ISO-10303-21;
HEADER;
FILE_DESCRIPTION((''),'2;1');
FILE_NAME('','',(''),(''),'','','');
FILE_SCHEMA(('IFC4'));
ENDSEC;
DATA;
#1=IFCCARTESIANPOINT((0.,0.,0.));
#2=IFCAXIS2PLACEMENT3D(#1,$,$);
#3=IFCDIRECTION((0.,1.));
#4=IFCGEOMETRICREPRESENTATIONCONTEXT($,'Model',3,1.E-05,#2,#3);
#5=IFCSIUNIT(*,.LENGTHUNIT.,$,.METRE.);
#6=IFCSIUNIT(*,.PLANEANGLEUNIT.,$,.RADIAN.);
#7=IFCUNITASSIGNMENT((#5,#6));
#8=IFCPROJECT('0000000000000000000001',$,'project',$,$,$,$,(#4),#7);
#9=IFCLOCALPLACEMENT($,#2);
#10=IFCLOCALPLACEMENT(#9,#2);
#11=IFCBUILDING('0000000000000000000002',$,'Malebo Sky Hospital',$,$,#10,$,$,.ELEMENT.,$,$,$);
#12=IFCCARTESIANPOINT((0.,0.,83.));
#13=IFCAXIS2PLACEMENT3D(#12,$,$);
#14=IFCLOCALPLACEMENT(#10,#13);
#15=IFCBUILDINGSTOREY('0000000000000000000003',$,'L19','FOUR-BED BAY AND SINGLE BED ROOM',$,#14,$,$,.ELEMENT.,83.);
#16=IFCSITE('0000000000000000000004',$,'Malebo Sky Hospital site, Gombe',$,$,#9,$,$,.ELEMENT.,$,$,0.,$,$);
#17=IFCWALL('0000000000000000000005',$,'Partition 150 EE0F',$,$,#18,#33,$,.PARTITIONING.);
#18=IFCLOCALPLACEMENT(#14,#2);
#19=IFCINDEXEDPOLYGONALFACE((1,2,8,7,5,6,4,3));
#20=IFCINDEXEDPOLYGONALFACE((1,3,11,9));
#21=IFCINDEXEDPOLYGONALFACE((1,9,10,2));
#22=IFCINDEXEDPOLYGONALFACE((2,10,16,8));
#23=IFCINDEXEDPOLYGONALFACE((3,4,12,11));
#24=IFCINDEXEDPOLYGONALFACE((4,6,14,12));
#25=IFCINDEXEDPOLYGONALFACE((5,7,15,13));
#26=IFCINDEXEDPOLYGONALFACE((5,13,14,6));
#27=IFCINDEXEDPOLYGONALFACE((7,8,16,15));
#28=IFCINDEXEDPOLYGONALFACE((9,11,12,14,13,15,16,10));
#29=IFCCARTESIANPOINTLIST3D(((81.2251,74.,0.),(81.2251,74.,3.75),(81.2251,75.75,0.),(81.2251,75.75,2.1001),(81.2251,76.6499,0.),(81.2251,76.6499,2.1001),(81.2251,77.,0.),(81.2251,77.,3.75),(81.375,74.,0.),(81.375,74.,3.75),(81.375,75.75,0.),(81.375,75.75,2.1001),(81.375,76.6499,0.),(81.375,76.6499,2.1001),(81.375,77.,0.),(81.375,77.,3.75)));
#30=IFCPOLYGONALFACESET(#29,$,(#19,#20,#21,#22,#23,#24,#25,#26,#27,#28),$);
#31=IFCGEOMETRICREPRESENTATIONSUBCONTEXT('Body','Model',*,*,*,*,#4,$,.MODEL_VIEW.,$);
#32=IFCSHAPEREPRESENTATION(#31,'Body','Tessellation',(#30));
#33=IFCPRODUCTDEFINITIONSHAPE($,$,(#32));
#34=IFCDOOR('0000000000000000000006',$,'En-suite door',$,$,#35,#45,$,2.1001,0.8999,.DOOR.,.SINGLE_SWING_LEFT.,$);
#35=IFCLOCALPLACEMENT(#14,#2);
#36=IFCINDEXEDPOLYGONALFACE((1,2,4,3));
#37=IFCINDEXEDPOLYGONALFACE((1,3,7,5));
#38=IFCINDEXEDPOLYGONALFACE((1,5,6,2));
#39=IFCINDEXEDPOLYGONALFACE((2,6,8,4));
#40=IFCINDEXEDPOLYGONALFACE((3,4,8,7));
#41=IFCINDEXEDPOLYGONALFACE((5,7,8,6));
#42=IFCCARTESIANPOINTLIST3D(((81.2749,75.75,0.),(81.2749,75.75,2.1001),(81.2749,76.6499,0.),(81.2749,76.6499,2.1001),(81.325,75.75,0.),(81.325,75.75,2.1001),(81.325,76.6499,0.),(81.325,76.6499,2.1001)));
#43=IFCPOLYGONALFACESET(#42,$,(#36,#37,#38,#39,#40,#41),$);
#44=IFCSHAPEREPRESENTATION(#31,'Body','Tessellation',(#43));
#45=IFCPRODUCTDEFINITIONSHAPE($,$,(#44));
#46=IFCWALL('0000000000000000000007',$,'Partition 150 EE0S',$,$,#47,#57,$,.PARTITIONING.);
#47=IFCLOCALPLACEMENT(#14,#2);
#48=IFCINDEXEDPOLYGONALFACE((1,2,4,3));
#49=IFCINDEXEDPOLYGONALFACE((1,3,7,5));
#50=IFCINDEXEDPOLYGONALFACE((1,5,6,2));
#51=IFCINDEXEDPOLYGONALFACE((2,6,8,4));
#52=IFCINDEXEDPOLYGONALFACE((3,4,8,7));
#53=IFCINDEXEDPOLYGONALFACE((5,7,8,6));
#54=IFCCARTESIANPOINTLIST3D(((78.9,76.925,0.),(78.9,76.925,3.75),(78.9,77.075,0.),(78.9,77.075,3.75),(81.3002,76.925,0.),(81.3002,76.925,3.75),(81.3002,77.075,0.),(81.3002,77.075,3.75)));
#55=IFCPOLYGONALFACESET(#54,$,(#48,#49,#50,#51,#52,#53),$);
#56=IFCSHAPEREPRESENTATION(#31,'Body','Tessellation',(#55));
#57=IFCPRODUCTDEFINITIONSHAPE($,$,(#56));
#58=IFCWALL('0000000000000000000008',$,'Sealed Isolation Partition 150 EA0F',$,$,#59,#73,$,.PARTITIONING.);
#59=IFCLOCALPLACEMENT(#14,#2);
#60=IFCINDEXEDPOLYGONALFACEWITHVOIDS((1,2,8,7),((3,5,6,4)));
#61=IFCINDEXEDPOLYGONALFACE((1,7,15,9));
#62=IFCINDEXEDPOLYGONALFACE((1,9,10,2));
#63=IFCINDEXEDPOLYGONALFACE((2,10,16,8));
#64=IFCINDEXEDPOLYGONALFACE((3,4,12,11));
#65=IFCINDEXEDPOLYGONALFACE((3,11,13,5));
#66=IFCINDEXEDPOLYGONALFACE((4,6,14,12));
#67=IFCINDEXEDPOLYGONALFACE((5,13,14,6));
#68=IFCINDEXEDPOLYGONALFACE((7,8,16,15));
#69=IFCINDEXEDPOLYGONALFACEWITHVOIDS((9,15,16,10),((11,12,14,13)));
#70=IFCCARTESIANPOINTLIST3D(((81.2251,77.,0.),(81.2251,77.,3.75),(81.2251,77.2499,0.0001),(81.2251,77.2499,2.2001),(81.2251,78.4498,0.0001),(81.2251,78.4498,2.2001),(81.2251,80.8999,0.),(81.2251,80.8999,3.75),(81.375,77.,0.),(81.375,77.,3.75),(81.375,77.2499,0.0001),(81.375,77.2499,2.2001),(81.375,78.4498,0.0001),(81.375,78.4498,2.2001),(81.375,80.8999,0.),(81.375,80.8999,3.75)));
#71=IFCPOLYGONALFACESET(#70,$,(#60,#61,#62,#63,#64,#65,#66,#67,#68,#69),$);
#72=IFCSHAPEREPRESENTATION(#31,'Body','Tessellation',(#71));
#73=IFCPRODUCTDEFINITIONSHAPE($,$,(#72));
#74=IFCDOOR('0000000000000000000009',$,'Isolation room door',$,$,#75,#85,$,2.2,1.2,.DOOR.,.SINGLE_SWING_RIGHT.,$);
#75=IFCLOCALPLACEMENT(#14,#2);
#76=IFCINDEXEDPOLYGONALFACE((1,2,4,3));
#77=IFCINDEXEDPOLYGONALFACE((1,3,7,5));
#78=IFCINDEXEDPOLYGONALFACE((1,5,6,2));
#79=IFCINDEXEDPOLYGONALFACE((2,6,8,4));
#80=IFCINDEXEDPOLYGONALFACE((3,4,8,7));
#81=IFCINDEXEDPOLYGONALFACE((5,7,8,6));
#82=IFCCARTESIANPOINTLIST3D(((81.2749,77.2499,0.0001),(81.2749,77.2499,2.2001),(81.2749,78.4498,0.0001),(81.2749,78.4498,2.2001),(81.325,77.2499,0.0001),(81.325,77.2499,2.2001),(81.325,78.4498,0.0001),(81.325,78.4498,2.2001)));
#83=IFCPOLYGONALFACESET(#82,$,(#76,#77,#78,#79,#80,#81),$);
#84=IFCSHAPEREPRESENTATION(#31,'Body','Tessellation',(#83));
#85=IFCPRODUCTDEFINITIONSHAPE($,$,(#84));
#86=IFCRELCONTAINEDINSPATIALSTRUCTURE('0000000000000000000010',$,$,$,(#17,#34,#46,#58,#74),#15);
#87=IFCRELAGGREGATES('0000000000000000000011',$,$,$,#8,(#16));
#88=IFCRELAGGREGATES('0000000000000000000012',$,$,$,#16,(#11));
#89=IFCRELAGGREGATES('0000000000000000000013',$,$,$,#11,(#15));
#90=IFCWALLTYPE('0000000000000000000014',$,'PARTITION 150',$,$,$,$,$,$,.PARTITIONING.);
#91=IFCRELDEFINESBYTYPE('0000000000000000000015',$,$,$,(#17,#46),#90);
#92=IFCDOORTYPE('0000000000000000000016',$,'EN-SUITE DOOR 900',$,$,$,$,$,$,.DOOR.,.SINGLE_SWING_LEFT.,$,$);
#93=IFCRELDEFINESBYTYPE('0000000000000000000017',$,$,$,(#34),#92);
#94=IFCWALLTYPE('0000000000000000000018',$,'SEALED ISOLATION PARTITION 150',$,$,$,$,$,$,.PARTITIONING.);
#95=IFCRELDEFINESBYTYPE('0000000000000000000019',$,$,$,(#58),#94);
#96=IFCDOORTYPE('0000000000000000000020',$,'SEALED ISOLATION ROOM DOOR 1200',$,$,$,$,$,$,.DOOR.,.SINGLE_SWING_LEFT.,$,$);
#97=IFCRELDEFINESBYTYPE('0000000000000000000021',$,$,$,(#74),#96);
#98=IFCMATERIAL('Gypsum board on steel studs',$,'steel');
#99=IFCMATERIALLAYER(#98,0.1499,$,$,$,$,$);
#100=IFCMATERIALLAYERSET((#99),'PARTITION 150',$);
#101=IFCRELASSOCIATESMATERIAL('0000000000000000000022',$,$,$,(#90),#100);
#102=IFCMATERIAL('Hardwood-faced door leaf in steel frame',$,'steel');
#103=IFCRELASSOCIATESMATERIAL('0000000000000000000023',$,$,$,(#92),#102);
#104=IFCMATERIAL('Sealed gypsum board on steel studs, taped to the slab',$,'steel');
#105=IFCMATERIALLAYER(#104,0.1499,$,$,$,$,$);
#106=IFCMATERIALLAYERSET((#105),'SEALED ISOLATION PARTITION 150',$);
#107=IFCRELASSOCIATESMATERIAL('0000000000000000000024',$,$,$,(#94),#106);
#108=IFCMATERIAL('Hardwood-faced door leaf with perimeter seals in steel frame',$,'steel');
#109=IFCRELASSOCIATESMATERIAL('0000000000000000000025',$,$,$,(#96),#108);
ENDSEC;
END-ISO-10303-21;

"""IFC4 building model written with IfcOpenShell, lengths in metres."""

from ifc_helpers import new_model, si_unit, direction, frame, frame_2d, origin, place, context, subcontext, project, spatial, rectangle, extrude, material, layer, layer_set, type_object, element, fill, save


model = new_model("IFC4")

# Units and contexts
model_context = context("Model", 3, precision=1e-05, world=origin(), true_north=direction((0.0, 1.0)))
body_context = subcontext(model_context, "Body", "Model", "MODEL_VIEW")
ifc_project = project(units=[si_unit("LENGTHUNIT", "METRE"), si_unit("PLANEANGLEUNIT", "RADIAN")], contexts=[model_context])

# Site, building, storey
site_placement = place(None, origin())
site = spatial("IfcSite", under=ifc_project, at=site_placement, Name="Malebo Sky Hospital site, Gombe", CompositionType="ELEMENT", RefElevation=0.0)
building_placement = place(site_placement, origin())
building = spatial("IfcBuilding", under=site, at=building_placement, Name="Malebo Sky Hospital", CompositionType="ELEMENT")
storey_placement = place(building_placement, frame((0.0, 0.0, 83.0)))
storey = spatial("IfcBuildingStorey", under=building, at=storey_placement, Name="L19", Description="FOUR-BED BAY AND SINGLE BED ROOM", CompositionType="ELEMENT", Elevation=83.0)

# Shared definitions
ifc_material_1 = material(Name="Gypsum board on steel studs", Category="steel")
ifc_material_2 = material(Name="Hardwood-faced door leaf in steel frame", Category="steel")

# Shared definitions
ifc_layer_1 = layer(ifc_material_1, 0.1499)
ifc_layer_set_1 = layer_set([ifc_layer_1], Name="PARTITION 150")
wall_type_1 = type_object("IfcWallType", Name="PARTITION 150", PredefinedType="PARTITIONING", material=ifc_layer_set_1)

# Wall, opening, door
wall_1_placement = place(storey_placement, frame((81.3, 77.0, 0.0), z_axis=(0.0, 0.0, 1.0), x_axis=(0.0, -1.0, 0.0)))
wall_1 = element("IfcWall", 1, at=wall_1_placement, inside=storey, type_object=wall_type_1, Name="Partition 150 EE0F", PredefinedType="PARTITIONING", context=body_context, shape_type="SweptSolid", body=[
    extrude(rectangle(XDim=3.0, YDim=0.1499, at=frame_2d((1.5, 0.0))), origin(), (0.0, 0.0, 1.0), 3.75),
])
opening_1_placement = place(wall_1_placement, frame((0.3501, 0.0, 0.0)))
opening_1 = element("IfcOpeningElement", 2, at=opening_1_placement, cuts=wall_1, PredefinedType="OPENING", context=body_context, shape_type="SweptSolid", body=[
    extrude(rectangle(XDim=0.8999, YDim=2.1001, at=frame_2d((0.45, 1.05))), frame((0.0, 0.085, 0.0), z_axis=(0.0, -1.0, 0.0), x_axis=(1.0, 0.0, 0.0)), (0.0, 0.0, 1.0), 0.1699),
])
door_type_1 = type_object("IfcDoorType", Name="EN-SUITE DOOR 900", OperationType="SINGLE_SWING_LEFT", PredefinedType="DOOR", material=ifc_material_2)
door_1_placement = place(opening_1_placement, origin())
door_1 = element("IfcDoor", 3, at=door_1_placement, inside=storey, type_object=door_type_1, Name="En-suite door", OperationType="SINGLE_SWING_LEFT", OverallHeight=2.1001, OverallWidth=0.8999, PredefinedType="DOOR", context=body_context, shape_type="SweptSolid", body=[
    extrude(rectangle(XDim=0.8999, YDim=2.1001, at=frame_2d((0.45, 1.05))), frame((0.0, 0.0249, 0.0), z_axis=(0.0, -1.0, 0.0), x_axis=(1.0, 0.0, 0.0)), (0.0, 0.0, 1.0), 0.05),
])
fill(opening_1, door_1)

# Wall
wall_2_placement = place(storey_placement, frame((78.8999, 77.0, 0.0), z_axis=(0.0, 0.0, 1.0), x_axis=(1.0, 0.0, 0.0)))
element("IfcWall", 4, at=wall_2_placement, inside=storey, type_object=wall_type_1, Name="Partition 150 EE0S", PredefinedType="PARTITIONING", context=body_context, shape_type="SweptSolid", body=[
    extrude(rectangle(XDim=2.4001, YDim=0.1499, at=frame_2d((1.2002, 0.0))), origin(), (0.0, 0.0, 1.0), 3.75),
])

# Wall, opening, door
ifc_material_3 = material(Name="Sealed gypsum board on steel studs, taped to the slab", Category="steel")
ifc_layer_2 = layer(ifc_material_3, 0.1499)
ifc_layer_set_2 = layer_set([ifc_layer_2], Name="SEALED ISOLATION PARTITION 150")
wall_type_2 = type_object("IfcWallType", Name="SEALED ISOLATION PARTITION 150", PredefinedType="PARTITIONING", material=ifc_layer_set_2)
wall_3_placement = place(storey_placement, frame((81.3, 80.8999, 0.0), z_axis=(0.0, 0.0, 1.0), x_axis=(0.0, -1.0, 0.0)))
wall_3 = element("IfcWall", 5, at=wall_3_placement, inside=storey, type_object=wall_type_2, Name="Sealed Isolation Partition 150 EA0F", PredefinedType="PARTITIONING", context=body_context, shape_type="SweptSolid", body=[
    extrude(rectangle(XDim=3.8999, YDim=0.1499, at=frame_2d((1.95, 0.0))), origin(), (0.0, 0.0, 1.0), 3.75),
])
opening_2_placement = place(wall_3_placement, frame((2.45, 0.0, 0.0)))
opening_2 = element("IfcOpeningElement", 6, at=opening_2_placement, cuts=wall_3, PredefinedType="OPENING", context=body_context, shape_type="SweptSolid", body=[
    extrude(rectangle(XDim=1.2, YDim=2.2, at=frame_2d((0.6001, 1.1001))), frame((0.0, 0.085, 0.0), z_axis=(0.0, -1.0, 0.0), x_axis=(1.0, 0.0, 0.0)), (0.0, 0.0, 1.0), 0.1699),
])
ifc_material_4 = material(Name="Hardwood-faced door leaf with perimeter seals in steel frame", Category="steel")
door_type_2 = type_object("IfcDoorType", Name="SEALED ISOLATION ROOM DOOR 1200", OperationType="SINGLE_SWING_LEFT", PredefinedType="DOOR", material=ifc_material_4)
door_2_placement = place(opening_2_placement, origin())
door_2 = element("IfcDoor", 7, at=door_2_placement, inside=storey, type_object=door_type_2, Name="Isolation room door", OperationType="SINGLE_SWING_RIGHT", OverallHeight=2.2, OverallWidth=1.2, PredefinedType="DOOR", context=body_context, shape_type="SweptSolid", body=[
    extrude(rectangle(XDim=1.2, YDim=2.2, at=frame_2d((0.6001, 1.1001))), frame((0.0, 0.0249, 0.0), z_axis=(0.0, -1.0, 0.0), x_axis=(1.0, 0.0, 0.0)), (0.0, 0.0, 1.0), 0.05),
])
fill(opening_2, door_2)

save(model, "model.ifc")
